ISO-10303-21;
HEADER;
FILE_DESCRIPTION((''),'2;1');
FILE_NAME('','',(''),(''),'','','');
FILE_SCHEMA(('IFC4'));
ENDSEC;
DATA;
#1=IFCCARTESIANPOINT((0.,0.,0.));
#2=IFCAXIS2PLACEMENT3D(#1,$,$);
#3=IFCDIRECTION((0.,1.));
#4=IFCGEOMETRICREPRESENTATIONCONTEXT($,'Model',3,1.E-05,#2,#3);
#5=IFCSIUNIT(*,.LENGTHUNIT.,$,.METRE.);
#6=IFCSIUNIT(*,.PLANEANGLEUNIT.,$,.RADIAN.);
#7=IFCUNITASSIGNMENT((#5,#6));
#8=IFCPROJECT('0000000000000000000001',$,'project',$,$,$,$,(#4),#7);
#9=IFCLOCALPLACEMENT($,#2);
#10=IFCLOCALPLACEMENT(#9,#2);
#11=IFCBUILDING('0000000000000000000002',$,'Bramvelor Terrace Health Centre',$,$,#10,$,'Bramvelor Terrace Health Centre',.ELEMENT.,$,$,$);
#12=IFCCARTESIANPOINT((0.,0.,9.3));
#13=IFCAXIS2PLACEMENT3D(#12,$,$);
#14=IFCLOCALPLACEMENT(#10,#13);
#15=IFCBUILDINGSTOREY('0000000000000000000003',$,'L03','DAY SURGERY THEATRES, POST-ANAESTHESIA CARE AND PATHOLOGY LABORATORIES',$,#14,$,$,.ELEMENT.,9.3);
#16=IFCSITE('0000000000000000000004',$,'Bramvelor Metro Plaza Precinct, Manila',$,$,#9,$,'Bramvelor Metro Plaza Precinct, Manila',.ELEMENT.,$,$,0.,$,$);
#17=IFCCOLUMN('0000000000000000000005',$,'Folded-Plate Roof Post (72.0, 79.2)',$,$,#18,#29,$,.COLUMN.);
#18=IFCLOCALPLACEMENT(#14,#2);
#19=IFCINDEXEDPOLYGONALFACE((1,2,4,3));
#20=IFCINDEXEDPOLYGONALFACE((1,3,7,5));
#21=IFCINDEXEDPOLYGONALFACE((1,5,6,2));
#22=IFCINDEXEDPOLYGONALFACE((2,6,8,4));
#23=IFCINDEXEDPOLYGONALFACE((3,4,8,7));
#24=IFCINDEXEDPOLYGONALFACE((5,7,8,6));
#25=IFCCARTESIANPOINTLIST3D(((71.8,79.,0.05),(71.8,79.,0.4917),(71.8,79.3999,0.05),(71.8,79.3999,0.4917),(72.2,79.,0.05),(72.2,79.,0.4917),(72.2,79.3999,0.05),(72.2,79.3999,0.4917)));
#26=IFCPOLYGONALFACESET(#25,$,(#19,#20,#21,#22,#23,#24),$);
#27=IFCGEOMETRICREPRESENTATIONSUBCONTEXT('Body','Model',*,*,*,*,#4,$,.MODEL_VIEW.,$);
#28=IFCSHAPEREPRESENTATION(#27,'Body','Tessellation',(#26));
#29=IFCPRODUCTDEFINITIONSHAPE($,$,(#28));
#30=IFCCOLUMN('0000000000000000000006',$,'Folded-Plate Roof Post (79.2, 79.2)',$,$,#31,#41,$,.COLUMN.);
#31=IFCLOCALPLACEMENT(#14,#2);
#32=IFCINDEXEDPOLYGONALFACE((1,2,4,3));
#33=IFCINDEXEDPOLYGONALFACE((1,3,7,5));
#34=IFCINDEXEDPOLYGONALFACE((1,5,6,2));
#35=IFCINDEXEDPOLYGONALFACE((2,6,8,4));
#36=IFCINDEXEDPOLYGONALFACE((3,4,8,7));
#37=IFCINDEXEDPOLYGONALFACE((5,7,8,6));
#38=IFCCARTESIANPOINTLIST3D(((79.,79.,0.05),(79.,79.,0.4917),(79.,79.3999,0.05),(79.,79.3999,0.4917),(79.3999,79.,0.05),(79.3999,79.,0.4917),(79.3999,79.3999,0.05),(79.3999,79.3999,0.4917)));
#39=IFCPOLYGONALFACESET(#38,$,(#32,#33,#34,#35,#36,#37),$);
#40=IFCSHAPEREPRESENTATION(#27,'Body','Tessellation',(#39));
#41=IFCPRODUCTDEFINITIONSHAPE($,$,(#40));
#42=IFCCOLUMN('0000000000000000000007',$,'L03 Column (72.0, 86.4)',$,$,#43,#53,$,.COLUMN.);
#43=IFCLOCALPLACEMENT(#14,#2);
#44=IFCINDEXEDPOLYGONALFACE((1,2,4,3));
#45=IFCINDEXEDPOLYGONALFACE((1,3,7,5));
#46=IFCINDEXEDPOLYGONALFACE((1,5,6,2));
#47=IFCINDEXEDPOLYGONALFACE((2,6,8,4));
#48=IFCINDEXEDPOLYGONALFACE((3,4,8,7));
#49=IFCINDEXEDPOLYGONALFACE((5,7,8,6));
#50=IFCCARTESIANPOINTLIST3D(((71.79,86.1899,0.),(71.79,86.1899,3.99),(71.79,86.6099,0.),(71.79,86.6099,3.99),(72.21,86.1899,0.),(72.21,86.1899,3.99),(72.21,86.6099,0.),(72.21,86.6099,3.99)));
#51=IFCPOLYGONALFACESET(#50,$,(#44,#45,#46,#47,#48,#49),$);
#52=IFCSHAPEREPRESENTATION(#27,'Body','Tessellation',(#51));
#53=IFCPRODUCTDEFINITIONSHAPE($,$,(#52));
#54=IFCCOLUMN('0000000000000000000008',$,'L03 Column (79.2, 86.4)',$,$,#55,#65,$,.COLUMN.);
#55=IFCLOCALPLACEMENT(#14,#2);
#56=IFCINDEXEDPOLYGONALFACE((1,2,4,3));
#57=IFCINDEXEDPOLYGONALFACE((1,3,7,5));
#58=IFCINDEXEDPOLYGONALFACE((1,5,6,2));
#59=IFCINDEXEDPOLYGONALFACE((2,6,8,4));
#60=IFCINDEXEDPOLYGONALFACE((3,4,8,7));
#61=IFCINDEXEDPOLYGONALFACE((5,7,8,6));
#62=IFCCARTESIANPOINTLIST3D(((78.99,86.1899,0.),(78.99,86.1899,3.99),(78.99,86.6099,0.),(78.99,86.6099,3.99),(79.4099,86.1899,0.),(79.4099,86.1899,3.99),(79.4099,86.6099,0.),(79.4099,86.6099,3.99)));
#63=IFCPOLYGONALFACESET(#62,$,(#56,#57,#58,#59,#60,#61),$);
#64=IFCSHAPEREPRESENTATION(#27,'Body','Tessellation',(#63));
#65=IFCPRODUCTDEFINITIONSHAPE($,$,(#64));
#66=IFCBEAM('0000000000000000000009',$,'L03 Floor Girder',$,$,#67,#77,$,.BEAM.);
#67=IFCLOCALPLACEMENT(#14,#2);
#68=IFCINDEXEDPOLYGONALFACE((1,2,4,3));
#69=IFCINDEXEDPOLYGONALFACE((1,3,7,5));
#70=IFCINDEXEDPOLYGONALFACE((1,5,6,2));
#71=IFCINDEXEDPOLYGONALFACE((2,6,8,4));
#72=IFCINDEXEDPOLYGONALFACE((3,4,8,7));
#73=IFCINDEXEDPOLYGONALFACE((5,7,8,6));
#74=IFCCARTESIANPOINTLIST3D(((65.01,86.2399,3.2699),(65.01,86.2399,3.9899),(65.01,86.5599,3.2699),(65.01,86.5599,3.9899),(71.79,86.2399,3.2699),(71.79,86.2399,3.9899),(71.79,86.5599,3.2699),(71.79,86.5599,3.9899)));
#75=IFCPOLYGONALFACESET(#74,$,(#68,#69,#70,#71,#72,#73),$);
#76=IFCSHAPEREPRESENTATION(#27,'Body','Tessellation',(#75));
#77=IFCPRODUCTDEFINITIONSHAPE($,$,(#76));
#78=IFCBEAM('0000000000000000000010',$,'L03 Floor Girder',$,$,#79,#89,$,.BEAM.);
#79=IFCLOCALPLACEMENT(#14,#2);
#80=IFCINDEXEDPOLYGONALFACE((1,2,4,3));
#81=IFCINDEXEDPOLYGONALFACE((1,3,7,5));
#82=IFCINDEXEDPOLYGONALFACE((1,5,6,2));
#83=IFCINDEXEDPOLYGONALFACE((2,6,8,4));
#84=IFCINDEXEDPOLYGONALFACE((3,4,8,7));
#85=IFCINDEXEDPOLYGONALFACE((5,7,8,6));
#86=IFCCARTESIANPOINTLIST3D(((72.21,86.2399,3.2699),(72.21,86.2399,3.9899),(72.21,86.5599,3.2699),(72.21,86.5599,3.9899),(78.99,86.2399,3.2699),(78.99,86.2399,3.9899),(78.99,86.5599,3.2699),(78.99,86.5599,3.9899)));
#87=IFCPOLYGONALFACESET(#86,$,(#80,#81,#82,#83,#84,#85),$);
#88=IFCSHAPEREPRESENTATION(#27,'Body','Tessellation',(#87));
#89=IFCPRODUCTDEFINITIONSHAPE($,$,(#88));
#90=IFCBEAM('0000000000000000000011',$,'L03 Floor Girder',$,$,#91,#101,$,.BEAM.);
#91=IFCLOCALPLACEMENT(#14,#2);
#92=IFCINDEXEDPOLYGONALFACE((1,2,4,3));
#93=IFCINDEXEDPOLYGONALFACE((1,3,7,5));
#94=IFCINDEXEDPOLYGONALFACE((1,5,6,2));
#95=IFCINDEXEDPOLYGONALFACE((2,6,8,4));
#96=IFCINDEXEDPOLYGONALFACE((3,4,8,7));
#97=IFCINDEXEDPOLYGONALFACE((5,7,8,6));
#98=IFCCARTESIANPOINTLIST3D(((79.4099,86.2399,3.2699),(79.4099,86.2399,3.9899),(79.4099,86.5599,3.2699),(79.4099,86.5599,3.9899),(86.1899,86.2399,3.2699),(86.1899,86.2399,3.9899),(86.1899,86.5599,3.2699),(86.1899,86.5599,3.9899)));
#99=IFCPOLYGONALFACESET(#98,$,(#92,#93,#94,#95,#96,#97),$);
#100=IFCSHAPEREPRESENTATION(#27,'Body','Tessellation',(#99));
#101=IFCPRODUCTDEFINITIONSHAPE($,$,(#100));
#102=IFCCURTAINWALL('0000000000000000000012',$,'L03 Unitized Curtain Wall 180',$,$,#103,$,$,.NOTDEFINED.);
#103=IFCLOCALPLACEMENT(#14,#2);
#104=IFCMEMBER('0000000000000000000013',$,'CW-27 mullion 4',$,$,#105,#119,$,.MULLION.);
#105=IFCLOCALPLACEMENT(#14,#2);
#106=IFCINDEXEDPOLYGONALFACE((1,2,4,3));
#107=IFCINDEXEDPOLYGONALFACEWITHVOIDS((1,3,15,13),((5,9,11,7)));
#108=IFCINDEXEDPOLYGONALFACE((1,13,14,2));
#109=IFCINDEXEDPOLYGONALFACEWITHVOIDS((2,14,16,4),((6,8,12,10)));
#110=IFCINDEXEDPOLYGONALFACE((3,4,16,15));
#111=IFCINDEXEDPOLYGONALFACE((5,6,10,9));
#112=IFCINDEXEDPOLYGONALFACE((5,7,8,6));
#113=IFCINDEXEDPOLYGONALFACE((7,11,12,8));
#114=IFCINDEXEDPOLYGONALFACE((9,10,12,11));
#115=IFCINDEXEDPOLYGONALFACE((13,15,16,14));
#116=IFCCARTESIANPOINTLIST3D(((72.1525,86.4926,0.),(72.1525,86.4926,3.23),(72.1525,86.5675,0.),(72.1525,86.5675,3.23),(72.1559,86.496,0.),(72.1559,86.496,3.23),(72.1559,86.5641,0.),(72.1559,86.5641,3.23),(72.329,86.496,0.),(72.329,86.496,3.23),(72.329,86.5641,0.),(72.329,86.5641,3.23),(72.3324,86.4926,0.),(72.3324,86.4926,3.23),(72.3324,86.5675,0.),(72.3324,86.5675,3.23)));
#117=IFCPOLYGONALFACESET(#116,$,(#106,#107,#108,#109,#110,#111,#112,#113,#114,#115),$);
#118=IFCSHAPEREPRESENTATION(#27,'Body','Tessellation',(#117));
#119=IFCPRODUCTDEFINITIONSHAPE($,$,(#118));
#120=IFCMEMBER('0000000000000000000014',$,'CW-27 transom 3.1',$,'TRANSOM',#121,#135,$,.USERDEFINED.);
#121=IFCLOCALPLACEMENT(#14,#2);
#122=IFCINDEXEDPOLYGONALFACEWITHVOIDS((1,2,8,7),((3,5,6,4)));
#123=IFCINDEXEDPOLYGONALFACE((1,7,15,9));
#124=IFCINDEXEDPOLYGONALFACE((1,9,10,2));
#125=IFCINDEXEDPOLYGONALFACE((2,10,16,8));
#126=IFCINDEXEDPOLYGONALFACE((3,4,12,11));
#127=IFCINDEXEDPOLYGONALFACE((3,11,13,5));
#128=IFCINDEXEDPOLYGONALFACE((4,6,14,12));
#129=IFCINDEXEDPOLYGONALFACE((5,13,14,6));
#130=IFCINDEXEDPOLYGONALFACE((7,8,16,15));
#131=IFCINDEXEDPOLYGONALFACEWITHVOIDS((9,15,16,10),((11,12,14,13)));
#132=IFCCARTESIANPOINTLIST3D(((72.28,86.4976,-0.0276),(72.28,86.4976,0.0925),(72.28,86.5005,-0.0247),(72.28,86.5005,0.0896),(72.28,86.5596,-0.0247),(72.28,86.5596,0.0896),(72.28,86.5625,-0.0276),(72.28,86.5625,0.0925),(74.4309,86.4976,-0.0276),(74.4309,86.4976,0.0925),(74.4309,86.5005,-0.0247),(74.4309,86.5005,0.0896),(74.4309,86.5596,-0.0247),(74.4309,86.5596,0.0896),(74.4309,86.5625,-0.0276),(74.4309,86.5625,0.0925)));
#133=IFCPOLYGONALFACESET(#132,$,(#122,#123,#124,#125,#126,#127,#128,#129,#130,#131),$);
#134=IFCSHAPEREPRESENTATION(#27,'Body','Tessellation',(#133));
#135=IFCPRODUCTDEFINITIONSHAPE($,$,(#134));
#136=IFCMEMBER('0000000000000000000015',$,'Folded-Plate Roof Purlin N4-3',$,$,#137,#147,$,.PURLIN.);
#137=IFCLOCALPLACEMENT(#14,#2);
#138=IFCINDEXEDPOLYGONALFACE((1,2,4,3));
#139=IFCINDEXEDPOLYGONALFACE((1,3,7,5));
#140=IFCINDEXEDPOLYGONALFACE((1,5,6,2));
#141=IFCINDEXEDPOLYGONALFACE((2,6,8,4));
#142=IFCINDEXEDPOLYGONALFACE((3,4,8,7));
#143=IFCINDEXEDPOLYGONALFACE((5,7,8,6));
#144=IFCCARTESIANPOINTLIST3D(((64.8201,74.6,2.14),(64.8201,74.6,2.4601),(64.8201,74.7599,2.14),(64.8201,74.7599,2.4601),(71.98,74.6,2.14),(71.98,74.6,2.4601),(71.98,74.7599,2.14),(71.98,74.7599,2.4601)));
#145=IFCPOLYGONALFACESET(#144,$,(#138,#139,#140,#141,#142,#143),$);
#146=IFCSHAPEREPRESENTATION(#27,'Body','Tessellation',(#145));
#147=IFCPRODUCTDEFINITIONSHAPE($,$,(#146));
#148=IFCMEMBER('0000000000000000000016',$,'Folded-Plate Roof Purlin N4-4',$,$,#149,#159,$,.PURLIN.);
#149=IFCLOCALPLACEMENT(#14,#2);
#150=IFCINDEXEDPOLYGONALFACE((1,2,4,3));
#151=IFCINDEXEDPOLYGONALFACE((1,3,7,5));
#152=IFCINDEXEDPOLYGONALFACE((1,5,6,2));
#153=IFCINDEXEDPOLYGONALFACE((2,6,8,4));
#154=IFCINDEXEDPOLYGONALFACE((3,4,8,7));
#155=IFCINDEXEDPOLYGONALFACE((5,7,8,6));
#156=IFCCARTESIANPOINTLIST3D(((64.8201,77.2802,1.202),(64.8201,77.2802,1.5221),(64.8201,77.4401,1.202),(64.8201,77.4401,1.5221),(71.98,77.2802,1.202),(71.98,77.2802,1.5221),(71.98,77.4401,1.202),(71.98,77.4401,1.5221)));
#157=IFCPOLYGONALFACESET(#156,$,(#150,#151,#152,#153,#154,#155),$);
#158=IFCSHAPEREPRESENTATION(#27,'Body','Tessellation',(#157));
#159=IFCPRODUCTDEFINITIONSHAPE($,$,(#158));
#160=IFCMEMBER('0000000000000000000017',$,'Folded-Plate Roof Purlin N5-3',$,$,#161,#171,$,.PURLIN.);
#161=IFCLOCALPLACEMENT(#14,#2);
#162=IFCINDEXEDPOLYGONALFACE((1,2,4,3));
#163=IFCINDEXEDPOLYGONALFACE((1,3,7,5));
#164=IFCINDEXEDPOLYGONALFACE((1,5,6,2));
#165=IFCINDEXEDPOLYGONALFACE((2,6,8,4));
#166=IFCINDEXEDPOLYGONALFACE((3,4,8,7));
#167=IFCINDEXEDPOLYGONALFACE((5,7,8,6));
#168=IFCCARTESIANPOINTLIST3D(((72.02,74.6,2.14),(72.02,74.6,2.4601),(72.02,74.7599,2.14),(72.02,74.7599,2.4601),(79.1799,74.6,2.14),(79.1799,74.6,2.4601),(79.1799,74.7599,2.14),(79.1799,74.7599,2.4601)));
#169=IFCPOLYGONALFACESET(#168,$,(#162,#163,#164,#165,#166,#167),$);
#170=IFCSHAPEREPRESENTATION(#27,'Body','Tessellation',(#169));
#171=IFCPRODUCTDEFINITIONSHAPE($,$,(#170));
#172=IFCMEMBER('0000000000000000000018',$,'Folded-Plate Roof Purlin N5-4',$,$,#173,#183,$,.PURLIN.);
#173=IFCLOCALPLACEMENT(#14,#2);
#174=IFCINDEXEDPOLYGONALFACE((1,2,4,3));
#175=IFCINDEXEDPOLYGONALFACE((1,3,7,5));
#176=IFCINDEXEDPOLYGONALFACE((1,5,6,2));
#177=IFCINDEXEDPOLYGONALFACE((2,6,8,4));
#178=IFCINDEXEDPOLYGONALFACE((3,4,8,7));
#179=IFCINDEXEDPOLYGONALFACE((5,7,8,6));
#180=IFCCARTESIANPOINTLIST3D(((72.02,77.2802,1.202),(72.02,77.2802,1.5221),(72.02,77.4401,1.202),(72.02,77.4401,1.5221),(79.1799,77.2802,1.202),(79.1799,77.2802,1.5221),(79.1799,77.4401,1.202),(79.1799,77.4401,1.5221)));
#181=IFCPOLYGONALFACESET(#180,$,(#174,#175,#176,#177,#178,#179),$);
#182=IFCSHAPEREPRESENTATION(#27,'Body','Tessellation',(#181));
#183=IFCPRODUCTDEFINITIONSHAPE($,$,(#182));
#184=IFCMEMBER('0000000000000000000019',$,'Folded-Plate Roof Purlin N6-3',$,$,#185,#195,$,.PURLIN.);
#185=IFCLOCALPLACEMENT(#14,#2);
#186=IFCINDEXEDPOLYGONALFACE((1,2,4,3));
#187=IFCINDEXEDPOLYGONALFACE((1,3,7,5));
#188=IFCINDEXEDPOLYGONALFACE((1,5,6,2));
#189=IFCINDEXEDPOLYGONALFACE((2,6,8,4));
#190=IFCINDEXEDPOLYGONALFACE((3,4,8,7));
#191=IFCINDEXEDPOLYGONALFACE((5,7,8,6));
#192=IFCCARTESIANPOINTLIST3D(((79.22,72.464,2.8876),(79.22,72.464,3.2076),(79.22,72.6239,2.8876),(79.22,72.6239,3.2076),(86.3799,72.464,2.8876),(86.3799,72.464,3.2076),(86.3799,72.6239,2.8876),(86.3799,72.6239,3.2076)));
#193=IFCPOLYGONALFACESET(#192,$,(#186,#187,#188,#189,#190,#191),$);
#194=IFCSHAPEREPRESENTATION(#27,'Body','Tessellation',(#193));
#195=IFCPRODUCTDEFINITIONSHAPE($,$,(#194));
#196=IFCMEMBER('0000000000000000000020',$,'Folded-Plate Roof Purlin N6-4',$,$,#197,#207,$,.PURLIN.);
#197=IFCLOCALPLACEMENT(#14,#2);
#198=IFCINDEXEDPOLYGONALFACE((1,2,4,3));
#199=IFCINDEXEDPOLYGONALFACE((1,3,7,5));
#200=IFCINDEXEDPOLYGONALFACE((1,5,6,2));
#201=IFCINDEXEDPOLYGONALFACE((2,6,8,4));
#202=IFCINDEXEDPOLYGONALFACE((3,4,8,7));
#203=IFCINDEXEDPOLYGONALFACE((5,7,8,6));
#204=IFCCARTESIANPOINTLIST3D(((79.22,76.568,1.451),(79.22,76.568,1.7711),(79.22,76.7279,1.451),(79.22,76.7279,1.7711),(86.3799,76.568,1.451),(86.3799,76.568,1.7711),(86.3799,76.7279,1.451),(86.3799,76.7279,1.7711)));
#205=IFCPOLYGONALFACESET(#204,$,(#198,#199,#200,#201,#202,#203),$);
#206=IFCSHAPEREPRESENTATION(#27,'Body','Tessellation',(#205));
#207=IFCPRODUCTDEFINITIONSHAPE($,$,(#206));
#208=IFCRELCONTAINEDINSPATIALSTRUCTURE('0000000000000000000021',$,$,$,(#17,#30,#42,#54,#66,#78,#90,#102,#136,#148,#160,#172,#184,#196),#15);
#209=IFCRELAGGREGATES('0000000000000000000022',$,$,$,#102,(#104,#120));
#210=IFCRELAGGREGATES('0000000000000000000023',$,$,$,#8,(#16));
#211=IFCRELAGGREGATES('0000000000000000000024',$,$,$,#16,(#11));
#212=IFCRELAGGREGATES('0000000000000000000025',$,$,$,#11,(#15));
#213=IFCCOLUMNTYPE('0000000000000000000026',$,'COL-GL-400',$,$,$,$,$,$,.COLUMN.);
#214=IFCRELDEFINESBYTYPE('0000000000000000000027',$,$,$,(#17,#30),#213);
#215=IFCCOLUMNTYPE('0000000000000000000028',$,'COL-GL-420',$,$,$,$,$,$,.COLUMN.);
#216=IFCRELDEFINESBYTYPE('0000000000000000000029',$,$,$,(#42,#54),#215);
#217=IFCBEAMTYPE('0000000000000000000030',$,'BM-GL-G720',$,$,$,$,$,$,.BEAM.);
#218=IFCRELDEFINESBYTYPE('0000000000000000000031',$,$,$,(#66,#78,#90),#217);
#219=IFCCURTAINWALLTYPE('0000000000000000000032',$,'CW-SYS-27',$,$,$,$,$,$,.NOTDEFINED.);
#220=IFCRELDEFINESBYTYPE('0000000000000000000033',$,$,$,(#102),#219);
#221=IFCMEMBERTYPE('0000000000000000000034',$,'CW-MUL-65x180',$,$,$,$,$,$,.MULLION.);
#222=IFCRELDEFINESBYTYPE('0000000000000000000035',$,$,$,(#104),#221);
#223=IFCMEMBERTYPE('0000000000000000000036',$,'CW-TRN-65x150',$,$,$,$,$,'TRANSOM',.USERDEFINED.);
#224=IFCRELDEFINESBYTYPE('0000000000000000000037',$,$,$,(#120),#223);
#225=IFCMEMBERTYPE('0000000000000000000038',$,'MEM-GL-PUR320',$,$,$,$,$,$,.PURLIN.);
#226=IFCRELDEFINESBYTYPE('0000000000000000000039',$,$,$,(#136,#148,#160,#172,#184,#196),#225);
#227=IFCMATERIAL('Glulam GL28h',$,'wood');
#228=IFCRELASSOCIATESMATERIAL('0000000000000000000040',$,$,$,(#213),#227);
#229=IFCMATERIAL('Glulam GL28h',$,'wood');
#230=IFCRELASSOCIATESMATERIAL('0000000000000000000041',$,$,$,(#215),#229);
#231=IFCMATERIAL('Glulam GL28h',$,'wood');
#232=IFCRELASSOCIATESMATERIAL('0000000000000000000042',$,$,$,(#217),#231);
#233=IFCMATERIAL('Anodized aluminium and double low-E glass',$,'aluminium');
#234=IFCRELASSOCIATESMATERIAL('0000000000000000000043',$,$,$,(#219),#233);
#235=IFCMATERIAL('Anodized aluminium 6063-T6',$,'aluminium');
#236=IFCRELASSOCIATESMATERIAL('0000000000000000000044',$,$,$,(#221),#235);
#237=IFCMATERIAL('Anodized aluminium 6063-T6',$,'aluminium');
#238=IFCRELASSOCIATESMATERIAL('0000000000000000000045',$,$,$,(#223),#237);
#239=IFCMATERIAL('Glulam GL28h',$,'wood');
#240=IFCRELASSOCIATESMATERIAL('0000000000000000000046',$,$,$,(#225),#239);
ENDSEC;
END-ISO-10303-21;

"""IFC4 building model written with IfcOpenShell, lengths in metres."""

from ifc_helpers import new_model, si_unit, direction, frame, origin, origin_2d, place, context, subcontext, project, spatial, rectangle, hollow_rectangle, extrude, material, material_profile, profile_set, type_object, element, aggregate, save


model = new_model("IFC4")

# Units and contexts
model_context = context("Model", 3, precision=1e-05, world=origin(), true_north=direction((0.0, 1.0)))
body_context = subcontext(model_context, "Body", "Model", "MODEL_VIEW")
ifc_project = project(units=[si_unit("LENGTHUNIT", "METRE"), si_unit("PLANEANGLEUNIT", "RADIAN")], contexts=[model_context])

# Site, building, storey
site_placement = place(None, origin())
site = spatial("IfcSite", under=ifc_project, at=site_placement, Name="Bramvelor Metro Plaza Precinct, Manila", LongName="Bramvelor Metro Plaza Precinct, Manila", CompositionType="ELEMENT", RefElevation=0.0)
building_placement = place(site_placement, origin())
building = spatial("IfcBuilding", under=site, at=building_placement, Name="Bramvelor Terrace Health Centre", LongName="Bramvelor Terrace Health Centre", CompositionType="ELEMENT")
storey_placement = place(building_placement, frame((0.0, 0.0, 9.3)))
storey = spatial("IfcBuildingStorey", under=building, at=storey_placement, Name="L03", Description="DAY SURGERY THEATRES, POST-ANAESTHESIA CARE AND PATHOLOGY LABORATORIES", CompositionType="ELEMENT", Elevation=9.3)

# Columns
ifc_material_1 = material(Name="Glulam GL28h", Category="wood")
ifc_material_profile_1 = material_profile(ifc_material_1, rectangle(XDim=0.3999, YDim=0.3999, at=origin_2d()), Name="GL 400x400")
ifc_profile_set_1 = profile_set([ifc_material_profile_1], Name="Glulam GL28h")
column_type_1 = type_object("IfcColumnType", Name="COL-GL-400", PredefinedType="COLUMN", material=ifc_profile_set_1)
for number, where, z_axis, x_axis, name in (
    (1, (72.0, 79.2, 0.05), (0.0, 0.0, 1.0), (1.0, 0.0, 0.0), "Folded-Plate Roof Post (72.0, 79.2)"),
    (2, (79.2, 79.2, 0.05), (0.0, 0.0, 1.0), (1.0, 0.0, 0.0), "Folded-Plate Roof Post (79.2, 79.2)"),
):
    element("IfcColumn", number, at=place(storey_placement, frame(where, z_axis=z_axis, x_axis=x_axis)), inside=storey, type_object=column_type_1, Name=name, PredefinedType="COLUMN", context=body_context, shape_type="SweptSolid", body=[
        extrude(rectangle(XDim=0.3999, YDim=0.3999, at=origin_2d()), origin(), (0.0, 0.0, 1.0), 0.4417),
    ])
ifc_material_2 = material(Name="Glulam GL28h", Category="wood")
ifc_material_profile_2 = material_profile(ifc_material_2, rectangle(XDim=0.4199, YDim=0.4199, at=origin_2d()), Name="GL 420x420")
ifc_profile_set_2 = profile_set([ifc_material_profile_2], Name="Glulam GL28h")
column_type_2 = type_object("IfcColumnType", Name="COL-GL-420", PredefinedType="COLUMN", material=ifc_profile_set_2)
for number, where, z_axis, x_axis, name in (
    (3, (72.0, 86.3999, 0.0), (0.0, 0.0, 1.0), (1.0, 0.0, 0.0), "L03 Column (72.0, 86.4)"),
    (4, (79.2, 86.3999, 0.0), (0.0, 0.0, 1.0), (1.0, 0.0, 0.0), "L03 Column (79.2, 86.4)"),
):
    element("IfcColumn", number, at=place(storey_placement, frame(where, z_axis=z_axis, x_axis=x_axis)), inside=storey, type_object=column_type_2, Name=name, PredefinedType="COLUMN", context=body_context, shape_type="SweptSolid", body=[
        extrude(rectangle(XDim=0.4199, YDim=0.4199, at=origin_2d()), origin(), (0.0, 0.0, 1.0), 3.99),
    ])

# Beams
ifc_material_3 = material(Name="Glulam GL28h", Category="wood")
ifc_material_profile_3 = material_profile(ifc_material_3, rectangle(XDim=0.3201, YDim=0.72, at=origin_2d()), Name="GL 320x720")
ifc_profile_set_3 = profile_set([ifc_material_profile_3], Name="Glulam GL28h")
beam_type = type_object("IfcBeamType", Name="BM-GL-G720", PredefinedType="BEAM", material=ifc_profile_set_3)
for number, where, z_axis, x_axis, name in (
    (5, (65.01, 86.3999, 3.6299), (1.0, 0.0, 0.0), (0.0, 1.0, 0.0), "L03 Floor Girder"),
    (6, (72.21, 86.3999, 3.6299), (1.0, 0.0, 0.0), (0.0, 1.0, 0.0), "L03 Floor Girder"),
    (7, (79.4099, 86.3999, 3.6299), (1.0, 0.0, 0.0), (0.0, 1.0, 0.0), "L03 Floor Girder"),
):
    element("IfcBeam", number, at=place(storey_placement, frame(where, z_axis=z_axis, x_axis=x_axis)), inside=storey, type_object=beam_type, Name=name, PredefinedType="BEAM", context=body_context, shape_type="SweptSolid", body=[
        extrude(rectangle(XDim=0.3201, YDim=0.72, at=origin_2d()), origin(), (0.0, 0.0, 1.0), 6.78),
    ])

# Curtain wall, members
ifc_material_4 = material(Name="Anodized aluminium and double low-E glass", Category="aluminium")
curtain_wall_type = type_object("IfcCurtainWallType", Name="CW-SYS-27", PredefinedType="NOTDEFINED", material=ifc_material_4)
curtain_wall_placement = place(storey_placement, origin())
curtain_wall = element("IfcCurtainWall", 8, at=curtain_wall_placement, inside=storey, type_object=curtain_wall_type, Name="L03 Unitized Curtain Wall 180", PredefinedType="NOTDEFINED")
ifc_material_5 = material(Name="Anodized aluminium 6063-T6", Category="aluminium")
ifc_material_profile_4 = material_profile(ifc_material_5, hollow_rectangle(XDim=0.075, YDim=0.1799, WallThickness=0.0034, at=origin_2d()), Name="ALU-MUL 75x180x3.5")
ifc_profile_set_4 = profile_set([ifc_material_profile_4], Name="Anodized aluminium 6063-T6")
member_type_1 = type_object("IfcMemberType", Name="CW-MUL-65x180", PredefinedType="MULLION", material=ifc_profile_set_4)
member_1_placement = place(storey_placement, frame((72.2424, 86.53, 0.0), z_axis=(0.0, 0.0, 1.0), x_axis=(0.0, -1.0, 0.0)))
member_1 = element("IfcMember", 9, at=member_1_placement, type_object=member_type_1, Name="CW-27 mullion 4", PredefinedType="MULLION", context=body_context, shape_type="SweptSolid", body=[
    extrude(hollow_rectangle(XDim=0.075, YDim=0.1799, WallThickness=0.0034, at=origin_2d()), origin(), (0.0, 0.0, 1.0), 3.23),
])
ifc_material_6 = material(Name="Anodized aluminium 6063-T6", Category="aluminium")
ifc_material_profile_5 = material_profile(ifc_material_6, hollow_rectangle(XDim=0.0649, YDim=0.1201, WallThickness=0.0029, at=origin_2d()), Name="ALU-TRN 65x120x3.0")
ifc_profile_set_5 = profile_set([ifc_material_profile_5], Name="Anodized aluminium 6063-T6")
member_type_2 = type_object("IfcMemberType", Name="CW-TRN-65x150", ElementType="TRANSOM", PredefinedType="USERDEFINED", material=ifc_profile_set_5)
member_2_placement = place(storey_placement, frame((74.4309, 86.53, 0.0325), z_axis=(-1.0, 0.0, 0.0), x_axis=(0.0, -1.0, 0.0)))
member_2 = element("IfcMember", 10, at=member_2_placement, type_object=member_type_2, Name="CW-27 transom 3.1", ObjectType="TRANSOM", PredefinedType="USERDEFINED", context=body_context, shape_type="SweptSolid", body=[
    extrude(hollow_rectangle(XDim=0.0649, YDim=0.1201, WallThickness=0.0029, at=origin_2d()), origin(), (0.0, 0.0, 1.0), 2.1509),
])

# Members
ifc_material_7 = material(Name="Glulam GL28h", Category="wood")
ifc_material_profile_6 = material_profile(ifc_material_7, rectangle(XDim=0.1599, YDim=0.3201, at=origin_2d()), Name="GL 160x320")
ifc_profile_set_6 = profile_set([ifc_material_profile_6], Name="Glulam GL28h")
member_type_3 = type_object("IfcMemberType", Name="MEM-GL-PUR320", PredefinedType="PURLIN", material=ifc_profile_set_6)
for number, where, z_axis, x_axis, name in (
    (11, (64.8201, 74.6799, 2.3), (1.0, 0.0, 0.0), (0.0, 1.0, 0.0), "Folded-Plate Roof Purlin N4-3"),
    (12, (64.8201, 77.3601, 1.3621), (1.0, 0.0, 0.0), (0.0, 1.0, 0.0), "Folded-Plate Roof Purlin N4-4"),
    (13, (72.02, 74.6799, 2.3), (1.0, 0.0, 0.0), (0.0, 1.0, 0.0), "Folded-Plate Roof Purlin N5-3"),
    (14, (72.02, 77.3601, 1.3621), (1.0, 0.0, 0.0), (0.0, 1.0, 0.0), "Folded-Plate Roof Purlin N5-4"),
    (15, (79.22, 72.5439, 3.0476), (1.0, 0.0, 0.0), (0.0, 1.0, 0.0), "Folded-Plate Roof Purlin N6-3"),
    (16, (79.22, 76.6479, 1.6111), (1.0, 0.0, 0.0), (0.0, 1.0, 0.0), "Folded-Plate Roof Purlin N6-4"),
):
    element("IfcMember", number, at=place(storey_placement, frame(where, z_axis=z_axis, x_axis=x_axis)), inside=storey, type_object=member_type_3, Name=name, PredefinedType="PURLIN", context=body_context, shape_type="SweptSolid", body=[
        extrude(rectangle(XDim=0.1599, YDim=0.3201, at=origin_2d()), origin(), (0.0, 0.0, 1.0), 7.1599),
    ])

aggregate(curtain_wall, [member_1, member_2])

save(model, "model.ifc")
